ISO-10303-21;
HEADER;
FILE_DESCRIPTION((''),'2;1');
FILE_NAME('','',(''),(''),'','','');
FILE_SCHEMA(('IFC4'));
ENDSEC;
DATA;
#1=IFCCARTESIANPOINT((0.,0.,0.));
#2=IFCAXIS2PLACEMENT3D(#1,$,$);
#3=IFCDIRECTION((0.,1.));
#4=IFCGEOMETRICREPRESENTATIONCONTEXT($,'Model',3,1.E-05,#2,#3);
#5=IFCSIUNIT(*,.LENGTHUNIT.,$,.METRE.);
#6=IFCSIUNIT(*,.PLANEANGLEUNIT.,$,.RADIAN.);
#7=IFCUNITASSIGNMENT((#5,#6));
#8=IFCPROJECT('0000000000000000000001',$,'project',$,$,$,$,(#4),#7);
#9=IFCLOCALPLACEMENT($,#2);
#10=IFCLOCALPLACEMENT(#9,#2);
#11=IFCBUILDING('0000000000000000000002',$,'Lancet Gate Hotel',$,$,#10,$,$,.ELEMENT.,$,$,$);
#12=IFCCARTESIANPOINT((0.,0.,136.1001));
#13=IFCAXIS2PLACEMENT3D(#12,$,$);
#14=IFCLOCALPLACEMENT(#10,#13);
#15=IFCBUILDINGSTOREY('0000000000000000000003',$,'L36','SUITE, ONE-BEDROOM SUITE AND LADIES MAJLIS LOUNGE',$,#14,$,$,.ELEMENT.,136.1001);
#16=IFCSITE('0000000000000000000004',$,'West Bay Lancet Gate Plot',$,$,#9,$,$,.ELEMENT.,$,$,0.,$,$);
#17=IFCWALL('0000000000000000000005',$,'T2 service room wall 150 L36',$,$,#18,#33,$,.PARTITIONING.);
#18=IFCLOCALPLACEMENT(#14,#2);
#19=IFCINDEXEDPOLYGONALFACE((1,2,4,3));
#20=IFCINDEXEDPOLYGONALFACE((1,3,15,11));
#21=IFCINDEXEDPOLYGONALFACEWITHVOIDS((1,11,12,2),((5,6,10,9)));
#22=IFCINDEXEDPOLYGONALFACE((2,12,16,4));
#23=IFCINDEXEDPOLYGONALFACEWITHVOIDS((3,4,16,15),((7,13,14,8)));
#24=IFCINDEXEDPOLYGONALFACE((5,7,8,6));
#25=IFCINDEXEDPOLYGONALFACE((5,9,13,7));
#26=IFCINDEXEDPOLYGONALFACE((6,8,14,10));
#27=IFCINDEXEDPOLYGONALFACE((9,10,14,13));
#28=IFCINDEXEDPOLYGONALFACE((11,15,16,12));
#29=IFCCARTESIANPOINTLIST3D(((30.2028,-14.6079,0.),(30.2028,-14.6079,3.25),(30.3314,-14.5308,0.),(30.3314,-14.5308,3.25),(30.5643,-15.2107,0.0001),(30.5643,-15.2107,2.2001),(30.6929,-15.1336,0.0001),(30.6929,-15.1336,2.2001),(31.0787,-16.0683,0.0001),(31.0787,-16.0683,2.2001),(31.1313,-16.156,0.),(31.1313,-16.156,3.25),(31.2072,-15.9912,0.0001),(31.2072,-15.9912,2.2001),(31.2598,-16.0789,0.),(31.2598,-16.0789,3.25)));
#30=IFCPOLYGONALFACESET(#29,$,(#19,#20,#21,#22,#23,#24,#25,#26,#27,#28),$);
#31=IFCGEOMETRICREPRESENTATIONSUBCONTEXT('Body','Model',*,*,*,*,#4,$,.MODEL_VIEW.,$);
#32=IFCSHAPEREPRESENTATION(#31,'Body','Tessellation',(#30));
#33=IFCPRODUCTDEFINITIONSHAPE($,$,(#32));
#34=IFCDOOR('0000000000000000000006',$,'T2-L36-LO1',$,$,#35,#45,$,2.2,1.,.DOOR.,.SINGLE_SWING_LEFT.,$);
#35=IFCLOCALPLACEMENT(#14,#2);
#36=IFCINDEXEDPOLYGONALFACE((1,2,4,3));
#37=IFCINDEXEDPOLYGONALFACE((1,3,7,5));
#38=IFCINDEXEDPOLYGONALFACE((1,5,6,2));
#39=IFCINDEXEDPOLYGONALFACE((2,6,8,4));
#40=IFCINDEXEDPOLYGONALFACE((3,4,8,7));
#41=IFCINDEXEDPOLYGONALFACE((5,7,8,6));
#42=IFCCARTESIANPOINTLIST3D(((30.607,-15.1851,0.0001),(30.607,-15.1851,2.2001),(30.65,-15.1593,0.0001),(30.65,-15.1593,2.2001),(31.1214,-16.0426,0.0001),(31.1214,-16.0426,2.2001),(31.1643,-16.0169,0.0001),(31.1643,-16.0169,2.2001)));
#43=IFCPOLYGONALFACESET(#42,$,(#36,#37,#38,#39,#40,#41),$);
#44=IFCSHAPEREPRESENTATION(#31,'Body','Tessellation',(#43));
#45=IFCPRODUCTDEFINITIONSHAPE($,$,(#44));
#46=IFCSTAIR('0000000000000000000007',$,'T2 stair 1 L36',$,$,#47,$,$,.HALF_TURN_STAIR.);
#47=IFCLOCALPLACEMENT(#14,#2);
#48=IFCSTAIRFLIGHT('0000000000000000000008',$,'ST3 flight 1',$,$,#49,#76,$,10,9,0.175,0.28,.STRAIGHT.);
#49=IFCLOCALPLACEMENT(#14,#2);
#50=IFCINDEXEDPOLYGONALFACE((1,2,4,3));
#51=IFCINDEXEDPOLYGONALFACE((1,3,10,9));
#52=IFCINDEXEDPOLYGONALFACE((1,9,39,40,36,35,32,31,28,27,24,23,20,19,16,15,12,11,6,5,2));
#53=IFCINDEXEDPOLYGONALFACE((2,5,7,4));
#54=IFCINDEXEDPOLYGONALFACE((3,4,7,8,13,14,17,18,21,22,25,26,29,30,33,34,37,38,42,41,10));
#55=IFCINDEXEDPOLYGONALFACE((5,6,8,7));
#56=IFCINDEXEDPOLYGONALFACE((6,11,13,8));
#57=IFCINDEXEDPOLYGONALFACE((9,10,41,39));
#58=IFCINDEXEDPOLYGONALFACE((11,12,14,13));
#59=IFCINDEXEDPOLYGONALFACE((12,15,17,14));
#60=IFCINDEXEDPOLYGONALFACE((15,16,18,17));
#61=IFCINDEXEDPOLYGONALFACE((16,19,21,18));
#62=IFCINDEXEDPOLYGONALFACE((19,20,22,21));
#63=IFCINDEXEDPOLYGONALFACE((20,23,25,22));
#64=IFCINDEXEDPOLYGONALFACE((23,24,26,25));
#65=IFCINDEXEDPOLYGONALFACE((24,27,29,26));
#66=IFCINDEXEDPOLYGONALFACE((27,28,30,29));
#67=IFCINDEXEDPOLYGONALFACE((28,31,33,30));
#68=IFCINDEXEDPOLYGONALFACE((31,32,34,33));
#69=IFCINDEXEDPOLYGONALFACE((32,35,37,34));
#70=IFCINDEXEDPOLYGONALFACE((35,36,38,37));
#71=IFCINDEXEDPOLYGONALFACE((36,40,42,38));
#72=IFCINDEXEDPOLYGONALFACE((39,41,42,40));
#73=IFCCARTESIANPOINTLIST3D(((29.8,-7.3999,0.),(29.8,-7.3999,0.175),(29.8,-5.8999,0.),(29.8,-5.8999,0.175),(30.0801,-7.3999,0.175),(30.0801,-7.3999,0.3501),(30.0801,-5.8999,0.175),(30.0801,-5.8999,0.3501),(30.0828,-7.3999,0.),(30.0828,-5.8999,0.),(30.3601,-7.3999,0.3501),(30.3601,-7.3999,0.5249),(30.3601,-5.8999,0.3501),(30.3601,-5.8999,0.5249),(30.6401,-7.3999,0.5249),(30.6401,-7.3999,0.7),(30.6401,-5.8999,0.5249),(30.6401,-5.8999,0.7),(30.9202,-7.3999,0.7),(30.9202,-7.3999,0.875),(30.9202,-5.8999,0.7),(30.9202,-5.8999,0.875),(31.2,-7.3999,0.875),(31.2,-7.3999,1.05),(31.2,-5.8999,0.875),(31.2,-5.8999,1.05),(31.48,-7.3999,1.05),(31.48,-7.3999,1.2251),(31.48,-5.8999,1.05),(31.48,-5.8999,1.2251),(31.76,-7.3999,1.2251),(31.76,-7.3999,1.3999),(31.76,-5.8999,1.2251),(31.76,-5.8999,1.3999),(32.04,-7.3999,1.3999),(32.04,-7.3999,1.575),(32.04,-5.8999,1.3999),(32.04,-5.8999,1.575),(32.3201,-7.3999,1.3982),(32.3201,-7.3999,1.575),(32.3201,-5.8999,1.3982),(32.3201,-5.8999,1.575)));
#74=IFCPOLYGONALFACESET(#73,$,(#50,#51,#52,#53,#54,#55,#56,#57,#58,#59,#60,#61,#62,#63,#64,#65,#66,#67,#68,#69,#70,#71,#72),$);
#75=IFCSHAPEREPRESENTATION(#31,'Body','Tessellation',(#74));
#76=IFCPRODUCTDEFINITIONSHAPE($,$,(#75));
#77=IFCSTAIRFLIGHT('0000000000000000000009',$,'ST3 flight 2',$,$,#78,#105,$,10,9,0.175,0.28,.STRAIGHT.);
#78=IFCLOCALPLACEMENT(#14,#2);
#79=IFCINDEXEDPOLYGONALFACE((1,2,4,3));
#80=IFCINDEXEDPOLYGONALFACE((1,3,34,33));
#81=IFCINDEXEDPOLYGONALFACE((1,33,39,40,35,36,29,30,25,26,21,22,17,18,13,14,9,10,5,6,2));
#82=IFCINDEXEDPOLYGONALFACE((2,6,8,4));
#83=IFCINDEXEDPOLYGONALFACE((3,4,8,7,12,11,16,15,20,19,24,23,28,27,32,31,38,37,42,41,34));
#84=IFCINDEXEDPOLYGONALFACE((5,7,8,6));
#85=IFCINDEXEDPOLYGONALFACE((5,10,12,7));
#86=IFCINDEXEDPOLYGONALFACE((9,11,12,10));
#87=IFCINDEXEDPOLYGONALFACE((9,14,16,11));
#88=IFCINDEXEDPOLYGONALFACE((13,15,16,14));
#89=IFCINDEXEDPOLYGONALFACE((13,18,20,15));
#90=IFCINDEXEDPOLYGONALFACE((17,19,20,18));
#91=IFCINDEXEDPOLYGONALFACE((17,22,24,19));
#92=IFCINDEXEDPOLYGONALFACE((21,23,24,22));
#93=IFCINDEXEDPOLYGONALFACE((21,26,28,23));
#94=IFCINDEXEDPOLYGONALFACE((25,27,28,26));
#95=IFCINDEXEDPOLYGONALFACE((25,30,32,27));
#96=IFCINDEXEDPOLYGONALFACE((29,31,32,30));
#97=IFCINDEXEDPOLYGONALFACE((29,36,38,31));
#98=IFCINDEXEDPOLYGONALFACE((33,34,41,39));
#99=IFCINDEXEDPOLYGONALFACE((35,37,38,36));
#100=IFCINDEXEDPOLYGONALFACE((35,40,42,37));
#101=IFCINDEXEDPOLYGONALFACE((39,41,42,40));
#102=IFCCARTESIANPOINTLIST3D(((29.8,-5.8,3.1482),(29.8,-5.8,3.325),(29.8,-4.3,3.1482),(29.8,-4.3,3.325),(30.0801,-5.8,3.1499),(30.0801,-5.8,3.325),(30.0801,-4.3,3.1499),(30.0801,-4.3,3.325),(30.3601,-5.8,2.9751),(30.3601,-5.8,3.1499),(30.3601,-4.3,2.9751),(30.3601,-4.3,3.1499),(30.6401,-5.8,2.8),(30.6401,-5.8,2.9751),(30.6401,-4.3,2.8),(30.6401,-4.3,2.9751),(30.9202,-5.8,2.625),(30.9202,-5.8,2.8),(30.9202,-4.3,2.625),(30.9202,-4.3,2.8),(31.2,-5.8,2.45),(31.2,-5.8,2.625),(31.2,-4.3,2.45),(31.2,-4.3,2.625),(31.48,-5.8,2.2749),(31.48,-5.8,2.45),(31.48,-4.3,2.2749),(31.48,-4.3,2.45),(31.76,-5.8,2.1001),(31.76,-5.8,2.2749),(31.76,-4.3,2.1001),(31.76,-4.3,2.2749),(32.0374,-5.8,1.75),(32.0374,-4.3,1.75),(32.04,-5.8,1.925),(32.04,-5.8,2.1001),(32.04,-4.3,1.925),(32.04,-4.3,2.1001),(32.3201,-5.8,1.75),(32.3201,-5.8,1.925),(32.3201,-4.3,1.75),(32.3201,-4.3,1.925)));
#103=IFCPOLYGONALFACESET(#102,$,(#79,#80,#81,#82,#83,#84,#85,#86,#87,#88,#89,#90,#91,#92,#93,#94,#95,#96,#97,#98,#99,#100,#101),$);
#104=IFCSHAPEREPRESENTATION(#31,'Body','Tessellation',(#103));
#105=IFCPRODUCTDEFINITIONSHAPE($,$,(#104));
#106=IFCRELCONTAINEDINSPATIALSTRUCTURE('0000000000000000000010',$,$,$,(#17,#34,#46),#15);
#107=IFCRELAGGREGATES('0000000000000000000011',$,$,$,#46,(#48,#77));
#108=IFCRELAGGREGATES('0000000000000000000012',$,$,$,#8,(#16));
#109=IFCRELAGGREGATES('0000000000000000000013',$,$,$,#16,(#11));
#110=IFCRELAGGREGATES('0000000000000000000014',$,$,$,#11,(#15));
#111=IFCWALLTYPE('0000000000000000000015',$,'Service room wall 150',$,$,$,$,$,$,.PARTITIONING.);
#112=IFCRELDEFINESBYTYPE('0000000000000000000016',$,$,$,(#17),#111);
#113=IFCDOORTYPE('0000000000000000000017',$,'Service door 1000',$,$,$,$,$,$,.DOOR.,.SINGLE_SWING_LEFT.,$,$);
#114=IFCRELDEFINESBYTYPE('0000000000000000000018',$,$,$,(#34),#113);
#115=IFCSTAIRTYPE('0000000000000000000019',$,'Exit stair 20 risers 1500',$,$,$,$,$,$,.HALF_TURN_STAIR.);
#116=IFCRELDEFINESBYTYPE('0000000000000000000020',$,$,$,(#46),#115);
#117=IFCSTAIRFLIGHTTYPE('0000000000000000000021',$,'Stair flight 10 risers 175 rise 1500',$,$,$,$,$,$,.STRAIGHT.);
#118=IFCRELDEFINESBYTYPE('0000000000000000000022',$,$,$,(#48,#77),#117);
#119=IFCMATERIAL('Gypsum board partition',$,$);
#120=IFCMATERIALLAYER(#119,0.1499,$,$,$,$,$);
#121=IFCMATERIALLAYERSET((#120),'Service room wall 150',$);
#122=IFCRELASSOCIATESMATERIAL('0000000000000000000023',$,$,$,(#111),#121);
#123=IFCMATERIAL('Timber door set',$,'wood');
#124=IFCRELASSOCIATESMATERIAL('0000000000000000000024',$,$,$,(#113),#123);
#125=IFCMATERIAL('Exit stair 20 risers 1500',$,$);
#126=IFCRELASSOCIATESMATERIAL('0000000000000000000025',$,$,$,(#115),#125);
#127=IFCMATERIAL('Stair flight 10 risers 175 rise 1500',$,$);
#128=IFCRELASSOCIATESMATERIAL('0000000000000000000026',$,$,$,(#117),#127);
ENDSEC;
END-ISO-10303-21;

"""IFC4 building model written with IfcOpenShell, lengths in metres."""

from ifc_helpers import new_model, si_unit, direction, frame, frame_2d, origin, place, context, subcontext, project, spatial, polyline, rectangle, outline, extrude, material, layer, layer_set, type_object, element, fill, aggregate, save


model = new_model("IFC4")

# Units and contexts
model_context = context("Model", 3, precision=1e-05, world=origin(), true_north=direction((0.0, 1.0)))
body_context = subcontext(model_context, "Body", "Model", "MODEL_VIEW")
ifc_project = project(units=[si_unit("LENGTHUNIT", "METRE"), si_unit("PLANEANGLEUNIT", "RADIAN")], contexts=[model_context])

# Site, building, storey
site_placement = place(None, origin())
site = spatial("IfcSite", under=ifc_project, at=site_placement, Name="West Bay Lancet Gate Plot", CompositionType="ELEMENT", RefElevation=0.0)
building_placement = place(site_placement, origin())
building = spatial("IfcBuilding", under=site, at=building_placement, Name="Lancet Gate Hotel", CompositionType="ELEMENT")
storey_placement = place(building_placement, frame((0.0, 0.0, 136.1001)))
storey = spatial("IfcBuildingStorey", under=building, at=storey_placement, Name="L36", Description="SUITE, ONE-BEDROOM SUITE AND LADIES MAJLIS LOUNGE", CompositionType="ELEMENT", Elevation=136.1001)

# Wall, opening, door
ifc_material_1 = material(Name="Gypsum board partition")
ifc_layer_1 = layer(ifc_material_1, 0.1499)
ifc_layer_set_1 = layer_set([ifc_layer_1], Name="Service room wall 150")
wall_type_1 = type_object("IfcWallType", Name="Service room wall 150", PredefinedType="PARTITIONING", material=ifc_layer_set_1)
wall_1_placement = place(storey_placement, frame((30.2671, -14.5693, 0.0), z_axis=(0.0, 0.0, 1.0), x_axis=(0.514337, -0.857588, 0.0)))
wall_1 = element("IfcWall", 1, at=wall_1_placement, inside=storey, type_object=wall_type_1, Name="T2 service room wall 150 L36", PredefinedType="PARTITIONING", context=body_context, shape_type="SweptSolid", body=[
    extrude(rectangle(XDim=1.8052, YDim=0.1499, at=frame_2d((0.9026, 0.0))), origin(), (0.0, 0.0, 1.0), 3.25),
])
opening_1_placement = place(wall_1_placement, frame((0.7029, 0.0, 0.0)))
opening_1 = element("IfcOpeningElement", 2, at=opening_1_placement, cuts=wall_1, PredefinedType="OPENING", context=body_context, shape_type="SweptSolid", body=[
    extrude(rectangle(XDim=1.0, YDim=2.2, at=frame_2d((0.5, 1.1001))), frame((0.0, 0.085, 0.0), z_axis=(0.0, -1.0, 0.0), x_axis=(1.0, 0.0, 0.0)), (0.0, 0.0, 1.0), 0.1699),
])
ifc_material_2 = material(Name="Timber door set", Category="wood")
door_type_1 = type_object("IfcDoorType", Name="Service door 1000", OperationType="SINGLE_SWING_LEFT", PredefinedType="DOOR", material=ifc_material_2)
door_1_placement = place(opening_1_placement, origin())
door_1 = element("IfcDoor", 3, at=door_1_placement, inside=storey, type_object=door_type_1, Name="T2-L36-LO1", OperationType="SINGLE_SWING_LEFT", OverallHeight=2.2, OverallWidth=1.0, PredefinedType="DOOR", context=body_context, shape_type="SweptSolid", body=[
    extrude(rectangle(XDim=1.0, YDim=2.2, at=frame_2d((0.5, 1.1001))), frame((0.0, 0.0249, 0.0), z_axis=(0.0, -1.0, 0.0), x_axis=(1.0, 0.0, 0.0)), (0.0, 0.0, 1.0), 0.05),
])
fill(opening_1, door_1)

# Stair, stair flights
ifc_material_3 = material(Name="Exit stair 20 risers 1500")
stair_type = type_object("IfcStairType", Name="Exit stair 20 risers 1500", PredefinedType="HALF_TURN_STAIR", material=ifc_material_3)
stair_placement = place(storey_placement, origin())
stair = element("IfcStair", 4, at=stair_placement, inside=storey, type_object=stair_type, Name="T2 stair 1 L36", PredefinedType="HALF_TURN_STAIR")
ifc_material_4 = material(Name="Stair flight 10 risers 175 rise 1500")
stair_flight_type = type_object("IfcStairFlightType", Name="Stair flight 10 risers 175 rise 1500", PredefinedType="STRAIGHT", material=ifc_material_4)
stair_flight_1_placement = place(storey_placement, frame((29.8, -6.6499, 0.0), z_axis=(0.0, 0.0, 1.0), x_axis=(1.0, 0.0, 0.0)))
stair_flight_1 = element("IfcStairFlight", 5, at=stair_flight_1_placement, type_object=stair_flight_type, Name="ST3 flight 1", NumberOfRisers=10, NumberOfTreads=9, PredefinedType="STRAIGHT", RiserHeight=0.175, TreadLength=0.28, context=body_context, shape_type="SweptSolid", body=[
    extrude(outline(polyline([(0.0, 0.0), (0.0, 0.175), (0.28, 0.175), (0.28, 0.3501), (0.5601, 0.3501), (0.5601, 0.5249), (0.8401, 0.5249), (0.8401, 0.7), (1.1201, 0.7), (1.1201, 0.875), (1.3999, 0.875), (1.3999, 1.05), (1.6799, 1.05), (1.6799, 1.2251), (1.96, 1.2251), (1.96, 1.3999), (2.24, 1.3999), (2.24, 1.575), (2.52, 1.575), (2.52, 1.75), (2.52, 1.3982), (0.2827, 0.0), (0.0, 0.0)])), frame((0.0, 0.75, 0.0), z_axis=(0.0, -1.0, 0.0), x_axis=(1.0, 0.0, 0.0)), (0.0, 0.0, 1.0), 1.5),
])
stair_flight_2_placement = place(storey_placement, frame((32.3201, -5.05, 1.75), z_axis=(0.0, 0.0, 1.0), x_axis=(-1.0, 0.0, 0.0)))
stair_flight_2 = element("IfcStairFlight", 6, at=stair_flight_2_placement, type_object=stair_flight_type, Name="ST3 flight 2", NumberOfRisers=10, NumberOfTreads=9, PredefinedType="STRAIGHT", RiserHeight=0.175, TreadLength=0.28, context=body_context, shape_type="SweptSolid", body=[
    extrude(outline(polyline([(0.0, 0.0), (0.0, 0.175), (0.28, 0.175), (0.28, 0.3501), (0.5601, 0.3501), (0.5601, 0.5249), (0.8401, 0.5249), (0.8401, 0.7), (1.1201, 0.7), (1.1201, 0.875), (1.3999, 0.875), (1.3999, 1.05), (1.6799, 1.05), (1.6799, 1.2251), (1.96, 1.2251), (1.96, 1.3999), (2.24, 1.3999), (2.24, 1.575), (2.52, 1.575), (2.52, 1.75), (2.52, 1.3982), (0.2827, 0.0), (0.0, 0.0)])), frame((0.0, 0.75, 0.0), z_axis=(0.0, -1.0, 0.0), x_axis=(1.0, 0.0, 0.0)), (0.0, 0.0, 1.0), 1.5),
])
aggregate(stair, [stair_flight_1, stair_flight_2])

save(model, "model.ifc")
